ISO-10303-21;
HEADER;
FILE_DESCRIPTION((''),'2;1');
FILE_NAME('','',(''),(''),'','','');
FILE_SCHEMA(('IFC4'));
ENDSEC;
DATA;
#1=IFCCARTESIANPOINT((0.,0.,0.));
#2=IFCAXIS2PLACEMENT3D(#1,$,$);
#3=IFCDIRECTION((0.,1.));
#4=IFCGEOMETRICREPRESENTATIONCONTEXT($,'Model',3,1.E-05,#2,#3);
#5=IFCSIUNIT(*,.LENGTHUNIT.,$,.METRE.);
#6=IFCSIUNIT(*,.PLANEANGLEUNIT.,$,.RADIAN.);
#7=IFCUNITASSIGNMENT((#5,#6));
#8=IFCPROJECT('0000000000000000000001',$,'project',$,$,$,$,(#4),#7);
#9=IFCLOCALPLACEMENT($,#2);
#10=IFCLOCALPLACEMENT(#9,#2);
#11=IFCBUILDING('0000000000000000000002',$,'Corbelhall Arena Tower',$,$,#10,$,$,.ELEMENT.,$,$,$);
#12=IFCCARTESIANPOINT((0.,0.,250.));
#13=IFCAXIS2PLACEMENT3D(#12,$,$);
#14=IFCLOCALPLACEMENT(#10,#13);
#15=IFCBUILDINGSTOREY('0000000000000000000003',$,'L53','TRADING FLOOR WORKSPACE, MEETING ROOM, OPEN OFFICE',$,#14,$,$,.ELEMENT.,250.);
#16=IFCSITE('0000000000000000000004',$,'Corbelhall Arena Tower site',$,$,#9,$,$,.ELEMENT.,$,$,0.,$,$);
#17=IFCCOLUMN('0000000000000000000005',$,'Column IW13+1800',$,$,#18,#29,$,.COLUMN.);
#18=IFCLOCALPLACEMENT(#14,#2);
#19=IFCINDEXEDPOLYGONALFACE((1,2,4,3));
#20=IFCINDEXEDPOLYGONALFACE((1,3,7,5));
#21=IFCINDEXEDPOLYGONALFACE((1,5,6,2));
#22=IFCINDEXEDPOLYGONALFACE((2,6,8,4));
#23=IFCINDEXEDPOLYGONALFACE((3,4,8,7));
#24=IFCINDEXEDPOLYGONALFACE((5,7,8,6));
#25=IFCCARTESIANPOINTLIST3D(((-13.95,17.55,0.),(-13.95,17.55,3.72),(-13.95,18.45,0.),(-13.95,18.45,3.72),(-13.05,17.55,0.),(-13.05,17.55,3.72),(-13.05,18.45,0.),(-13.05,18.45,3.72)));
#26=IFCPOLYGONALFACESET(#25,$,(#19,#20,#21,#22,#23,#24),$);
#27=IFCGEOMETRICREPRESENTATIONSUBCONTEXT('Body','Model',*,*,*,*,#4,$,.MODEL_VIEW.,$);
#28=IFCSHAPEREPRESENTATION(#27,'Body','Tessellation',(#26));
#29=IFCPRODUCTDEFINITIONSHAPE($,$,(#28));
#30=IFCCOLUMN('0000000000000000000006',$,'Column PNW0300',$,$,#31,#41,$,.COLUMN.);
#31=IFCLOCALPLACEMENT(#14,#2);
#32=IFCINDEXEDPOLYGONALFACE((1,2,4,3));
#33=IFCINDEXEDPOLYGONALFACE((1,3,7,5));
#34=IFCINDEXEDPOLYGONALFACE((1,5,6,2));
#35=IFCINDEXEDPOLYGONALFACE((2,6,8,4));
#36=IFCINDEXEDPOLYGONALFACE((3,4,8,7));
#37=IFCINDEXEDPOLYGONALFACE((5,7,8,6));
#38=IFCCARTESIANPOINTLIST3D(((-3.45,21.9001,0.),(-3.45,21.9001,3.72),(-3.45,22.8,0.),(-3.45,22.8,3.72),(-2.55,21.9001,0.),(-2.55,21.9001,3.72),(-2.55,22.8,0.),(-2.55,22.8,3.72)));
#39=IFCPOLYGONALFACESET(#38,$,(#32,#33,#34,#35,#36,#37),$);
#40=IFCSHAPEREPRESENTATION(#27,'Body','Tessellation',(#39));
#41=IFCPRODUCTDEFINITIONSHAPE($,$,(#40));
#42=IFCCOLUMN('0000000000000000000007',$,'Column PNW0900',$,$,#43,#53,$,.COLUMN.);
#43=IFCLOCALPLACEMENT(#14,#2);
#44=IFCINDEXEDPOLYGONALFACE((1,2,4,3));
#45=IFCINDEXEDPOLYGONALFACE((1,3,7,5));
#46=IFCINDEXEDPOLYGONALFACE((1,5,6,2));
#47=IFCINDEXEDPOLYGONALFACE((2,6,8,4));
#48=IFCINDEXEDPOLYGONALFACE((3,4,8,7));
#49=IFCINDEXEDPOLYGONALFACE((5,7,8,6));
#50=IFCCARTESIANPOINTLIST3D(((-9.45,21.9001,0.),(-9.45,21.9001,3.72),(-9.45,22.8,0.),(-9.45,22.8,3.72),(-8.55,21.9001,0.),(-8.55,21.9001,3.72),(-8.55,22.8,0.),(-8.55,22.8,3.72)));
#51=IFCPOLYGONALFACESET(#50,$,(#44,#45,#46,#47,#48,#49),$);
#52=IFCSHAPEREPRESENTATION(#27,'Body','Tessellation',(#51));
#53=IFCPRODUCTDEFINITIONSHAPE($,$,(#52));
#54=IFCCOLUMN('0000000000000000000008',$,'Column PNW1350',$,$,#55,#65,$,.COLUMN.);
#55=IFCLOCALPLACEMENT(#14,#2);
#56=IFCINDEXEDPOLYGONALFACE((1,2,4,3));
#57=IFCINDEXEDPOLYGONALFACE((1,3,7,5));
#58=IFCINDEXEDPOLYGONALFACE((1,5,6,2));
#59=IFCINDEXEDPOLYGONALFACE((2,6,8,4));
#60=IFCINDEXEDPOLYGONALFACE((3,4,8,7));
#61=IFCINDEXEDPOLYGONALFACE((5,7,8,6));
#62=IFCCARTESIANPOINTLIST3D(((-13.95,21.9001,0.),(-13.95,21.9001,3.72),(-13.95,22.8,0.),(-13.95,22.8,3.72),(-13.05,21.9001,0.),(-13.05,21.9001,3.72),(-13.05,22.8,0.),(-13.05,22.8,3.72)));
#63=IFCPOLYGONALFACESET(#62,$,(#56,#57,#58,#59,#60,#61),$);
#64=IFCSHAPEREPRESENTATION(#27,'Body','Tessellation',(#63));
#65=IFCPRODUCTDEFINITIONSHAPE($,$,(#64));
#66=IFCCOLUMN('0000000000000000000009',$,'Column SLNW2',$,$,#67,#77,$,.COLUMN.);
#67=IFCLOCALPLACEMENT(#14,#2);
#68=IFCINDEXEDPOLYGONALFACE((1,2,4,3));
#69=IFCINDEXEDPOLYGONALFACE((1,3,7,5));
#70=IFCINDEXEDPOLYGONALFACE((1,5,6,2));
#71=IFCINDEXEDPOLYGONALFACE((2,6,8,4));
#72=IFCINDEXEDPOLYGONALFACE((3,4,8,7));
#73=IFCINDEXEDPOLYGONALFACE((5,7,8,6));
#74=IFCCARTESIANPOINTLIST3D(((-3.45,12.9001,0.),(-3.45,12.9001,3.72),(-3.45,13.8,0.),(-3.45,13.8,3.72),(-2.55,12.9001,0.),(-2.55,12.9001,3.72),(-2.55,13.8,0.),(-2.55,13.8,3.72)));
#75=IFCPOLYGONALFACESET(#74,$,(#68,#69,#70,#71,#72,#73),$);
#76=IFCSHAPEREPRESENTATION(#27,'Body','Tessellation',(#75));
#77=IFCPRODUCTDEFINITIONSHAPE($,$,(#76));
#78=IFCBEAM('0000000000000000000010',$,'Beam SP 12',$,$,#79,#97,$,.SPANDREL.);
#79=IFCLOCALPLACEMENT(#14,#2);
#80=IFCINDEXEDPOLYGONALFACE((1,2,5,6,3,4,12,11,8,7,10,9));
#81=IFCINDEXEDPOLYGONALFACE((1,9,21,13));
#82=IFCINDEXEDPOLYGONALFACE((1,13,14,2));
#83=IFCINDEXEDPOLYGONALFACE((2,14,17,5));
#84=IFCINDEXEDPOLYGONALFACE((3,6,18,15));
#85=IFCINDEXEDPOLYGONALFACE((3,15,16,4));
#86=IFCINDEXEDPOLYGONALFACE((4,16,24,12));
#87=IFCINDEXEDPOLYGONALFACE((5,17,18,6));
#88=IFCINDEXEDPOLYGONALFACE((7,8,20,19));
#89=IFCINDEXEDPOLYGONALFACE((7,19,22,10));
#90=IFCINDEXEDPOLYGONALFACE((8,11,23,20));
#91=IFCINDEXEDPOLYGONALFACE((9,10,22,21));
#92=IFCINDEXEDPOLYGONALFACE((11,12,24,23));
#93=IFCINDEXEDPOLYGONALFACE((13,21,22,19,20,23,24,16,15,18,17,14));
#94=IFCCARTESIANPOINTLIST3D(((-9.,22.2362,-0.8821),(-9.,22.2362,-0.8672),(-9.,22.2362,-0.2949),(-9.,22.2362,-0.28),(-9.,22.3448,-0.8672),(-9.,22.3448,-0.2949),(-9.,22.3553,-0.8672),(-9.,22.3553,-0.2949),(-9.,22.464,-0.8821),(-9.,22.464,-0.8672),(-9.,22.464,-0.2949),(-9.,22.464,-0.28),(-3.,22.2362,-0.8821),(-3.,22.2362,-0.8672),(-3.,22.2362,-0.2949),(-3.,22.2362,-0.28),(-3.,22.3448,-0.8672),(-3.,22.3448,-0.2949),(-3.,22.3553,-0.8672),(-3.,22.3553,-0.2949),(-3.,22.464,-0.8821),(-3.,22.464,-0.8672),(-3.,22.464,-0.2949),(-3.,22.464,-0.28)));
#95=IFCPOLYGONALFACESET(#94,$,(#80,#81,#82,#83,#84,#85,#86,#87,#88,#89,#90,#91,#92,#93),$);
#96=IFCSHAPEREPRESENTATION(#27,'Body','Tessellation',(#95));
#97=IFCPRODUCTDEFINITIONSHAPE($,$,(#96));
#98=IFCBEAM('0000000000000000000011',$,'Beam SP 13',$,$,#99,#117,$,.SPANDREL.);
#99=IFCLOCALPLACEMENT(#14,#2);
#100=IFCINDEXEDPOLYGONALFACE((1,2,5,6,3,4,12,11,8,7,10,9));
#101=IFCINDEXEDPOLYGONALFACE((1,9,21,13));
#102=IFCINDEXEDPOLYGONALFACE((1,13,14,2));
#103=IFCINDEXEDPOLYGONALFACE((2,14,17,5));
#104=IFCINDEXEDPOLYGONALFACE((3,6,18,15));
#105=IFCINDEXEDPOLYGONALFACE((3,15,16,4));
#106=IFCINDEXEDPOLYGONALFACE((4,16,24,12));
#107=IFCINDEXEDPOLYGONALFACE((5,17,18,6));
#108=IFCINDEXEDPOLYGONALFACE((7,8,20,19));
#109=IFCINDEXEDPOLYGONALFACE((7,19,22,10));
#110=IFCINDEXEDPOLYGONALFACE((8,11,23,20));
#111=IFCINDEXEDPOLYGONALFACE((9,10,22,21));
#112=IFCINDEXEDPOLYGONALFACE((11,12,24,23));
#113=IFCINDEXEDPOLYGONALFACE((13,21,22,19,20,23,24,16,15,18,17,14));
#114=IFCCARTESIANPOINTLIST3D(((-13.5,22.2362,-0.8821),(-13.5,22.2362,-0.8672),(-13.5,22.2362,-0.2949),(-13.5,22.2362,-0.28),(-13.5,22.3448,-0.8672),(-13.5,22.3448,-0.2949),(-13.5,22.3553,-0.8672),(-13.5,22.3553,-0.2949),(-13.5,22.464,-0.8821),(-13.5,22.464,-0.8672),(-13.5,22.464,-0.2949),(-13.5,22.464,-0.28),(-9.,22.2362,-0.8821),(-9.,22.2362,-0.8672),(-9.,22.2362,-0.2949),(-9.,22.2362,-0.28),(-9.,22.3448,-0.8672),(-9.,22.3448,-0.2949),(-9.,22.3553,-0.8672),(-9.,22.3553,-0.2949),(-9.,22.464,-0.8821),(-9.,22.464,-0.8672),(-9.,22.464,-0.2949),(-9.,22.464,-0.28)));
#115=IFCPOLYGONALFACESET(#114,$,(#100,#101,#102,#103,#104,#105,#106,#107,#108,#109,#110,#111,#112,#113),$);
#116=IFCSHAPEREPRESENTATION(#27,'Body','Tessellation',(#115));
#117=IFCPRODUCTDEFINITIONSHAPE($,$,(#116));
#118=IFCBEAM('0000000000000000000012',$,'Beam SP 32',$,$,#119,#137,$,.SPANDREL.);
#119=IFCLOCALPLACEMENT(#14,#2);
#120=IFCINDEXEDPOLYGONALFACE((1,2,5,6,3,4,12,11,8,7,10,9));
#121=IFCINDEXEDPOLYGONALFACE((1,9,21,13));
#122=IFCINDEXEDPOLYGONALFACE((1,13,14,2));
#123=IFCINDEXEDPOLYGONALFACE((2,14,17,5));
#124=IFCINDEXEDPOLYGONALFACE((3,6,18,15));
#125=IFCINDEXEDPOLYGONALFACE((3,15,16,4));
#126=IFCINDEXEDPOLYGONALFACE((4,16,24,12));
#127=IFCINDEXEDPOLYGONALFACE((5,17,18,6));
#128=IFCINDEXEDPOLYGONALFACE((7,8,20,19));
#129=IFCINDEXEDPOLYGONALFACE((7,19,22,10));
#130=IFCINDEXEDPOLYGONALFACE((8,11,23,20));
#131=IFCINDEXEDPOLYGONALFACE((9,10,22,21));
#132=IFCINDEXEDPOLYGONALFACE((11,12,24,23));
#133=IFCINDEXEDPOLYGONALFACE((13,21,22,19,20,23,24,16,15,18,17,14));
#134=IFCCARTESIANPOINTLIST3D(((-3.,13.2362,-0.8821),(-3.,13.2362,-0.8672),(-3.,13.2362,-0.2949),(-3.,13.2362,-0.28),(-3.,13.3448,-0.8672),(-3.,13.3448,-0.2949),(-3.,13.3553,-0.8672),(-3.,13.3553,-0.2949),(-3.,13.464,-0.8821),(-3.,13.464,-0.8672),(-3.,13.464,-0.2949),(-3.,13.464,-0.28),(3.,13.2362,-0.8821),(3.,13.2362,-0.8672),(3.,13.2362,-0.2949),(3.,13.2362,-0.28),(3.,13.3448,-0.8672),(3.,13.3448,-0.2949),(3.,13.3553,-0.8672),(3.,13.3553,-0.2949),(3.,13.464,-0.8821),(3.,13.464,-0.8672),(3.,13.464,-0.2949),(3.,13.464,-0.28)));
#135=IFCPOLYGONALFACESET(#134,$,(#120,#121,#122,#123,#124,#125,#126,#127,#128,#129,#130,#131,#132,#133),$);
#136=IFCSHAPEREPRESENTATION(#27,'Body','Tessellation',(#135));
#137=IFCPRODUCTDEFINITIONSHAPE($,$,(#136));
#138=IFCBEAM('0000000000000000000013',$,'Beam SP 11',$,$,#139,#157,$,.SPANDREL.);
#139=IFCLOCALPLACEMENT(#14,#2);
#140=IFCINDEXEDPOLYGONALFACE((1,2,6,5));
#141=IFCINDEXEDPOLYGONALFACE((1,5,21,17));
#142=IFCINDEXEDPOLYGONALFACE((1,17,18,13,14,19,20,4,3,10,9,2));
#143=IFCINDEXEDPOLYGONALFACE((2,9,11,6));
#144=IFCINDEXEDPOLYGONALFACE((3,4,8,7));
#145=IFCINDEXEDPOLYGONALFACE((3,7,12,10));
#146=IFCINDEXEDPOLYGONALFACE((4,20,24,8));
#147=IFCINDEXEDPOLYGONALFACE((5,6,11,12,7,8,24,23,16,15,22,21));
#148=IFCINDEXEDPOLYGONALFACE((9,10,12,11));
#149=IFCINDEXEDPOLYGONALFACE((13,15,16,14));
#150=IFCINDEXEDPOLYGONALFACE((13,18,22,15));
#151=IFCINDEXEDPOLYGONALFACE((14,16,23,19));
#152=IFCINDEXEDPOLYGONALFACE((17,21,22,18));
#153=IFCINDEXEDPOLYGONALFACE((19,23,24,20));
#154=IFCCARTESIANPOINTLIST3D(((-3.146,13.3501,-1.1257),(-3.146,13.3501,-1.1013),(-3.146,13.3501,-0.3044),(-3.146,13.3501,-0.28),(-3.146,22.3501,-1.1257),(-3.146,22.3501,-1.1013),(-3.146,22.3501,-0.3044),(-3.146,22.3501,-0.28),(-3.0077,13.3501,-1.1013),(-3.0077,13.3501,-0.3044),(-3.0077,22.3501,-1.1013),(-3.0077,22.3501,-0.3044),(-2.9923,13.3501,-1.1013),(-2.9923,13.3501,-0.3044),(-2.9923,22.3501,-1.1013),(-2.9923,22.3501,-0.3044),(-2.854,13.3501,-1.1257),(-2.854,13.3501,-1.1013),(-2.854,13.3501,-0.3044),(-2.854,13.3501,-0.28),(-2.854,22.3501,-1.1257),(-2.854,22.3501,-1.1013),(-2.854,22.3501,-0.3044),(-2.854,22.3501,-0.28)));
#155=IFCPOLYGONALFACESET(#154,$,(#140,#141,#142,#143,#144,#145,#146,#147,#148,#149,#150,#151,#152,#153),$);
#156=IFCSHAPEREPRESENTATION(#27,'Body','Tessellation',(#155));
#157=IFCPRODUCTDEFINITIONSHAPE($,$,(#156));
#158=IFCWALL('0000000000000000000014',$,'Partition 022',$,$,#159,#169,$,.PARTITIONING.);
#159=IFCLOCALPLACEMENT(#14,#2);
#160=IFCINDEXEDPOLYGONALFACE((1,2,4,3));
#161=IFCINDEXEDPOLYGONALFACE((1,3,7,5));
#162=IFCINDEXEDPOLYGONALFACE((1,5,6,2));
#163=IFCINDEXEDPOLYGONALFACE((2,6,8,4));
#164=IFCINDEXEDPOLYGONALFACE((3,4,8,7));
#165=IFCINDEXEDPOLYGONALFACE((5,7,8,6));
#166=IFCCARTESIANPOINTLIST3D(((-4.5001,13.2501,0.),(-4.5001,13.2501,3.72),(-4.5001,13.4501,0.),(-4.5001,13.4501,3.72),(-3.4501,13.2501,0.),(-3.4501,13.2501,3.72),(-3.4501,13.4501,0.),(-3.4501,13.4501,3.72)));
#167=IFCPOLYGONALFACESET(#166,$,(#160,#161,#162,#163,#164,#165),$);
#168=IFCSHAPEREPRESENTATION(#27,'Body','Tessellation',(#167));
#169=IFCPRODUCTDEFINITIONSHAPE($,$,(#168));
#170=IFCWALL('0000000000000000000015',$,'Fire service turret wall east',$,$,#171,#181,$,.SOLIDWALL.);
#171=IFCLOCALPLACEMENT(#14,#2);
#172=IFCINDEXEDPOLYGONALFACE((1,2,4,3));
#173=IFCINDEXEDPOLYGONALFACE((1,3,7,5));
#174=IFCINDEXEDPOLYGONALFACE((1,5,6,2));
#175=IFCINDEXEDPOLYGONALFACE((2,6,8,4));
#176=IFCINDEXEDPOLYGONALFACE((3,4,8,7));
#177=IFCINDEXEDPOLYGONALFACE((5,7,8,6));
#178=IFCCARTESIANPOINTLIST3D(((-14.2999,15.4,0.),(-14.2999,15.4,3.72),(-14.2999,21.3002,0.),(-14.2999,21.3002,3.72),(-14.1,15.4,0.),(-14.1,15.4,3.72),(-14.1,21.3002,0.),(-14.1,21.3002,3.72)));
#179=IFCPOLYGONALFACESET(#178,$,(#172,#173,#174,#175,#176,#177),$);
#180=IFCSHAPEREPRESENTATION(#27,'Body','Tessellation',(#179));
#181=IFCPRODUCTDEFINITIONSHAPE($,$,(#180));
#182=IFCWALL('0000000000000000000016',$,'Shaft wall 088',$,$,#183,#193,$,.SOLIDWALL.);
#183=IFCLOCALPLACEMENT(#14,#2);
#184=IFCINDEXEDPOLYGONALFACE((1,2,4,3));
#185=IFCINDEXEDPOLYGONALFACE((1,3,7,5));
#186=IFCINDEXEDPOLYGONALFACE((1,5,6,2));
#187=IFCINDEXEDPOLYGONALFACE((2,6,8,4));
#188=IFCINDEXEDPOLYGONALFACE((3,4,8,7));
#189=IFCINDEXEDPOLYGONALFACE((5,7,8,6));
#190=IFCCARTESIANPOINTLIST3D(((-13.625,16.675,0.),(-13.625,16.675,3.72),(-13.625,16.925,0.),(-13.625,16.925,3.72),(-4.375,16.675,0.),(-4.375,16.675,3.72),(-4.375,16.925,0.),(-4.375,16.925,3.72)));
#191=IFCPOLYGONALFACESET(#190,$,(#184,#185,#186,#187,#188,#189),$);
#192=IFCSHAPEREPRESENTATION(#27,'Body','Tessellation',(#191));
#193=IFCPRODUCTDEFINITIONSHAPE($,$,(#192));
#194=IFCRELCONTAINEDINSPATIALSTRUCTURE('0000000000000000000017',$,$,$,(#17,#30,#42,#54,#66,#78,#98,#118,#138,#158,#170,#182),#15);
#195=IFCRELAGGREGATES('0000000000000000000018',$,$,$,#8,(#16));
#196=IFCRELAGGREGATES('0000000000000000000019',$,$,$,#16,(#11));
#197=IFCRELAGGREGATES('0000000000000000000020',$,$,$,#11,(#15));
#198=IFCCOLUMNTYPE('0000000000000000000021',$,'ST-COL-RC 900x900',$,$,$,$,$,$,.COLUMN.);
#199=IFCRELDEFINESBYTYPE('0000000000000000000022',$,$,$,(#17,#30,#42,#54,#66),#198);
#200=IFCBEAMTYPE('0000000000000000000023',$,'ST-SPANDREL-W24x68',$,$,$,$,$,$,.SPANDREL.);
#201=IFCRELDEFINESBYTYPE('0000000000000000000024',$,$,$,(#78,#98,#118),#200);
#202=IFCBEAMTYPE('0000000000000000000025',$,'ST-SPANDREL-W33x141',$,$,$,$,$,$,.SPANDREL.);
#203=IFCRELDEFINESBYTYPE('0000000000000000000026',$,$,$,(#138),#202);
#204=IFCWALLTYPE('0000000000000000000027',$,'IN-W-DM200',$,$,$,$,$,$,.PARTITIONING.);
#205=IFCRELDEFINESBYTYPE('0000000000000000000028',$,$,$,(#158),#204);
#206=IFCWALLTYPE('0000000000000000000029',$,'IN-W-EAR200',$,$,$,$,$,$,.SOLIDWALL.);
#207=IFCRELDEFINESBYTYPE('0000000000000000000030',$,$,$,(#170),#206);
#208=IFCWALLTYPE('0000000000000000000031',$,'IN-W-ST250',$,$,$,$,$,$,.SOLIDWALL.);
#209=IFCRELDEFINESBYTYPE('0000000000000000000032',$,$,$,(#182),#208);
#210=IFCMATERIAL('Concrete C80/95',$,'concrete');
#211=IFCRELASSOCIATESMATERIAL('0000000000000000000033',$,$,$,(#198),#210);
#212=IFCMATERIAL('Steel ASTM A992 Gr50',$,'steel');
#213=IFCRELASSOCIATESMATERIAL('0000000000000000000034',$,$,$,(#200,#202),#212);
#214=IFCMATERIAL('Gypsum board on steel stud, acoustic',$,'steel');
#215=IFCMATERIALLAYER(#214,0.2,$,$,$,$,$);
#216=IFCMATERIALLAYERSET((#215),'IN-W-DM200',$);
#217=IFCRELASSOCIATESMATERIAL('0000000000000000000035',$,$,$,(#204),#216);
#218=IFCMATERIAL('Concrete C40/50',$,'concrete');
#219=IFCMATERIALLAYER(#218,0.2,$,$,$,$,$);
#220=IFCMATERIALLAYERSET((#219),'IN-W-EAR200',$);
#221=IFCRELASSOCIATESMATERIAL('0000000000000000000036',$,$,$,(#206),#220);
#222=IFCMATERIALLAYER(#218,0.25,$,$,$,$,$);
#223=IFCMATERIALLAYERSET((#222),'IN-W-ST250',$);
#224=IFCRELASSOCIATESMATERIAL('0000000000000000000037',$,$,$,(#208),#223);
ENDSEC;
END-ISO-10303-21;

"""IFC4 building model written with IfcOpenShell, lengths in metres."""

from ifc_helpers import new_model, si_unit, direction, frame, frame_2d, origin, origin_2d, place, context, subcontext, project, spatial, rectangle, i_section, extrude, material, layer, layer_set, material_profile, profile_set, type_object, element, save


model = new_model("IFC4")

# Units and contexts
model_context = context("Model", 3, precision=1e-05, world=origin(), true_north=direction((0.0, 1.0)))
body_context = subcontext(model_context, "Body", "Model", "MODEL_VIEW")
ifc_project = project(units=[si_unit("LENGTHUNIT", "METRE"), si_unit("PLANEANGLEUNIT", "RADIAN")], contexts=[model_context])

# Site, building, storey
site_placement = place(None, origin())
site = spatial("IfcSite", under=ifc_project, at=site_placement, Name="Corbelhall Arena Tower site", CompositionType="ELEMENT", RefElevation=0.0)
building_placement = place(site_placement, origin())
building = spatial("IfcBuilding", under=site, at=building_placement, Name="Corbelhall Arena Tower", CompositionType="ELEMENT")
storey_placement = place(building_placement, frame((0.0, 0.0, 250.0)))
storey = spatial("IfcBuildingStorey", under=building, at=storey_placement, Name="L53", Description="TRADING FLOOR WORKSPACE, MEETING ROOM, OPEN OFFICE", CompositionType="ELEMENT", Elevation=250.0)

# Columns
ifc_material_1 = material(Name="Concrete C80/95", Category="concrete")
ifc_material_profile_1 = material_profile(ifc_material_1, rectangle(XDim=0.8999, YDim=0.8999, at=origin_2d()))
ifc_profile_set_1 = profile_set([ifc_material_profile_1], Name="Concrete C80/95")
column_type = type_object("IfcColumnType", Name="ST-COL-RC 900x900", PredefinedType="COLUMN", material=ifc_profile_set_1)
for number, where, z_axis, x_axis, name in (
    (1, (-13.5, 18.0, 0.0), (0.0, 0.0, 1.0), (1.0, 0.0, 0.0), "Column IW13+1800"),
    (2, (-3.0, 22.3501, 0.0), (0.0, 0.0, 1.0), (1.0, 0.0, 0.0), "Column PNW0300"),
    (3, (-9.0, 22.3501, 0.0), (0.0, 0.0, 1.0), (1.0, 0.0, 0.0), "Column PNW0900"),
    (4, (-13.5, 22.3501, 0.0), (0.0, 0.0, 1.0), (1.0, 0.0, 0.0), "Column PNW1350"),
    (5, (-3.0, 13.3501, 0.0), (0.0, 0.0, 1.0), (1.0, 0.0, 0.0), "Column SLNW2"),
):
    element("IfcColumn", number, at=place(storey_placement, frame(where, z_axis=z_axis, x_axis=x_axis)), inside=storey, type_object=column_type, Name=name, PredefinedType="COLUMN", context=body_context, shape_type="SweptSolid", body=[
        extrude(rectangle(XDim=0.8999, YDim=0.8999, at=origin_2d()), origin(), (0.0, 0.0, 1.0), 3.72),
    ])

# Beams
ifc_material_2 = material(Name="Steel ASTM A992 Gr50", Category="steel")
ifc_material_profile_2 = material_profile(ifc_material_2, i_section(OverallWidth=0.2278, OverallDepth=0.6021, WebThickness=0.0105, FlangeThickness=0.0149, at=origin_2d()))
ifc_profile_set_2 = profile_set([ifc_material_profile_2], Name="Steel ASTM A992 Gr50")
beam_type_1 = type_object("IfcBeamType", Name="ST-SPANDREL-W24x68", PredefinedType="SPANDREL", material=ifc_profile_set_2)
beam_1_placement = place(storey_placement, frame((-9.0, 22.3501, -0.5811), z_axis=(1.0, 0.0, 0.0), x_axis=(0.0, 1.0, 0.0)))
element("IfcBeam", 6, at=beam_1_placement, inside=storey, type_object=beam_type_1, Name="Beam SP 12", PredefinedType="SPANDREL", context=body_context, shape_type="SweptSolid", body=[
    extrude(i_section(OverallWidth=0.2278, OverallDepth=0.6021, WebThickness=0.0105, FlangeThickness=0.0149, at=origin_2d()), origin(), (0.0, 0.0, 1.0), 6.0),
])
beam_2_placement = place(storey_placement, frame((-13.5, 22.3501, -0.5811), z_axis=(1.0, 0.0, 0.0), x_axis=(0.0, 1.0, 0.0)))
element("IfcBeam", 7, at=beam_2_placement, inside=storey, type_object=beam_type_1, Name="Beam SP 13", PredefinedType="SPANDREL", context=body_context, shape_type="SweptSolid", body=[
    extrude(i_section(OverallWidth=0.2278, OverallDepth=0.6021, WebThickness=0.0105, FlangeThickness=0.0149, at=origin_2d()), origin(), (0.0, 0.0, 1.0), 4.5),
])
beam_3_placement = place(storey_placement, frame((-3.0, 13.3501, -0.5811), z_axis=(1.0, 0.0, 0.0), x_axis=(0.0, 1.0, 0.0)))
element("IfcBeam", 8, at=beam_3_placement, inside=storey, type_object=beam_type_1, Name="Beam SP 32", PredefinedType="SPANDREL", context=body_context, shape_type="SweptSolid", body=[
    extrude(i_section(OverallWidth=0.2278, OverallDepth=0.6021, WebThickness=0.0105, FlangeThickness=0.0149, at=origin_2d()), origin(), (0.0, 0.0, 1.0), 6.0),
])
ifc_material_profile_3 = material_profile(ifc_material_2, i_section(OverallWidth=0.292, OverallDepth=0.8457, WebThickness=0.0154, FlangeThickness=0.0244, at=origin_2d()))
ifc_profile_set_3 = profile_set([ifc_material_profile_3], Name="Steel ASTM A992 Gr50")
beam_type_2 = type_object("IfcBeamType", Name="ST-SPANDREL-W33x141", PredefinedType="SPANDREL", material=ifc_profile_set_3)
beam_4_placement = place(storey_placement, frame((-3.0, 22.3501, -0.7029), z_axis=(0.0, -1.0, 0.0), x_axis=(1.0, 0.0, 0.0)))
element("IfcBeam", 9, at=beam_4_placement, inside=storey, type_object=beam_type_2, Name="Beam SP 11", PredefinedType="SPANDREL", context=body_context, shape_type="SweptSolid", body=[
    extrude(i_section(OverallWidth=0.292, OverallDepth=0.8457, WebThickness=0.0154, FlangeThickness=0.0244, at=origin_2d()), origin(), (0.0, 0.0, 1.0), 9.0),
])

# Walls
ifc_material_3 = material(Name="Gypsum board on steel stud, acoustic", Category="steel")
ifc_layer_1 = layer(ifc_material_3, 0.2)
ifc_layer_set_1 = layer_set([ifc_layer_1], Name="IN-W-DM200")
wall_type_1 = type_object("IfcWallType", Name="IN-W-DM200", PredefinedType="PARTITIONING", material=ifc_layer_set_1)
wall_1_placement = place(storey_placement, frame((-4.5, 13.3501, 0.0), z_axis=(0.0, 0.0, 1.0), x_axis=(1.0, 0.0, 0.0)))
element("IfcWall", 10, at=wall_1_placement, inside=storey, type_object=wall_type_1, Name="Partition 022", PredefinedType="PARTITIONING", context=body_context, shape_type="SweptSolid", body=[
    extrude(rectangle(XDim=1.05, YDim=0.2, at=frame_2d((0.5249, 0.0))), origin(), (0.0, 0.0, 1.0), 3.72),
])
ifc_material_4 = material(Name="Concrete C40/50", Category="concrete")
ifc_layer_2 = layer(ifc_material_4, 0.2)
ifc_layer_set_2 = layer_set([ifc_layer_2], Name="IN-W-EAR200")
wall_type_2 = type_object("IfcWallType", Name="IN-W-EAR200", PredefinedType="SOLIDWALL", material=ifc_layer_set_2)
wall_2_placement = place(storey_placement, frame((-14.2, 15.3999, 0.0), z_axis=(0.0, 0.0, 1.0), x_axis=(0.0, 1.0, 0.0)))
element("IfcWall", 11, at=wall_2_placement, inside=storey, type_object=wall_type_2, Name="Fire service turret wall east", PredefinedType="SOLIDWALL", context=body_context, shape_type="SweptSolid", body=[
    extrude(rectangle(XDim=5.9001, YDim=0.2, at=frame_2d((2.9502, 0.0))), origin(), (0.0, 0.0, 1.0), 3.72),
])
ifc_layer_3 = layer(ifc_material_4, 0.25)
ifc_layer_set_3 = layer_set([ifc_layer_3], Name="IN-W-ST250")
wall_type_3 = type_object("IfcWallType", Name="IN-W-ST250", PredefinedType="SOLIDWALL", material=ifc_layer_set_3)
wall_3_placement = place(storey_placement, frame((-13.625, 16.8, 0.0), z_axis=(0.0, 0.0, 1.0), x_axis=(1.0, 0.0, 0.0)))
element("IfcWall", 12, at=wall_3_placement, inside=storey, type_object=wall_type_3, Name="Shaft wall 088", PredefinedType="SOLIDWALL", context=body_context, shape_type="SweptSolid", body=[
    extrude(rectangle(XDim=9.25, YDim=0.25, at=frame_2d((4.625, 0.0))), origin(), (0.0, 0.0, 1.0), 3.72),
])

save(model, "model.ifc")
